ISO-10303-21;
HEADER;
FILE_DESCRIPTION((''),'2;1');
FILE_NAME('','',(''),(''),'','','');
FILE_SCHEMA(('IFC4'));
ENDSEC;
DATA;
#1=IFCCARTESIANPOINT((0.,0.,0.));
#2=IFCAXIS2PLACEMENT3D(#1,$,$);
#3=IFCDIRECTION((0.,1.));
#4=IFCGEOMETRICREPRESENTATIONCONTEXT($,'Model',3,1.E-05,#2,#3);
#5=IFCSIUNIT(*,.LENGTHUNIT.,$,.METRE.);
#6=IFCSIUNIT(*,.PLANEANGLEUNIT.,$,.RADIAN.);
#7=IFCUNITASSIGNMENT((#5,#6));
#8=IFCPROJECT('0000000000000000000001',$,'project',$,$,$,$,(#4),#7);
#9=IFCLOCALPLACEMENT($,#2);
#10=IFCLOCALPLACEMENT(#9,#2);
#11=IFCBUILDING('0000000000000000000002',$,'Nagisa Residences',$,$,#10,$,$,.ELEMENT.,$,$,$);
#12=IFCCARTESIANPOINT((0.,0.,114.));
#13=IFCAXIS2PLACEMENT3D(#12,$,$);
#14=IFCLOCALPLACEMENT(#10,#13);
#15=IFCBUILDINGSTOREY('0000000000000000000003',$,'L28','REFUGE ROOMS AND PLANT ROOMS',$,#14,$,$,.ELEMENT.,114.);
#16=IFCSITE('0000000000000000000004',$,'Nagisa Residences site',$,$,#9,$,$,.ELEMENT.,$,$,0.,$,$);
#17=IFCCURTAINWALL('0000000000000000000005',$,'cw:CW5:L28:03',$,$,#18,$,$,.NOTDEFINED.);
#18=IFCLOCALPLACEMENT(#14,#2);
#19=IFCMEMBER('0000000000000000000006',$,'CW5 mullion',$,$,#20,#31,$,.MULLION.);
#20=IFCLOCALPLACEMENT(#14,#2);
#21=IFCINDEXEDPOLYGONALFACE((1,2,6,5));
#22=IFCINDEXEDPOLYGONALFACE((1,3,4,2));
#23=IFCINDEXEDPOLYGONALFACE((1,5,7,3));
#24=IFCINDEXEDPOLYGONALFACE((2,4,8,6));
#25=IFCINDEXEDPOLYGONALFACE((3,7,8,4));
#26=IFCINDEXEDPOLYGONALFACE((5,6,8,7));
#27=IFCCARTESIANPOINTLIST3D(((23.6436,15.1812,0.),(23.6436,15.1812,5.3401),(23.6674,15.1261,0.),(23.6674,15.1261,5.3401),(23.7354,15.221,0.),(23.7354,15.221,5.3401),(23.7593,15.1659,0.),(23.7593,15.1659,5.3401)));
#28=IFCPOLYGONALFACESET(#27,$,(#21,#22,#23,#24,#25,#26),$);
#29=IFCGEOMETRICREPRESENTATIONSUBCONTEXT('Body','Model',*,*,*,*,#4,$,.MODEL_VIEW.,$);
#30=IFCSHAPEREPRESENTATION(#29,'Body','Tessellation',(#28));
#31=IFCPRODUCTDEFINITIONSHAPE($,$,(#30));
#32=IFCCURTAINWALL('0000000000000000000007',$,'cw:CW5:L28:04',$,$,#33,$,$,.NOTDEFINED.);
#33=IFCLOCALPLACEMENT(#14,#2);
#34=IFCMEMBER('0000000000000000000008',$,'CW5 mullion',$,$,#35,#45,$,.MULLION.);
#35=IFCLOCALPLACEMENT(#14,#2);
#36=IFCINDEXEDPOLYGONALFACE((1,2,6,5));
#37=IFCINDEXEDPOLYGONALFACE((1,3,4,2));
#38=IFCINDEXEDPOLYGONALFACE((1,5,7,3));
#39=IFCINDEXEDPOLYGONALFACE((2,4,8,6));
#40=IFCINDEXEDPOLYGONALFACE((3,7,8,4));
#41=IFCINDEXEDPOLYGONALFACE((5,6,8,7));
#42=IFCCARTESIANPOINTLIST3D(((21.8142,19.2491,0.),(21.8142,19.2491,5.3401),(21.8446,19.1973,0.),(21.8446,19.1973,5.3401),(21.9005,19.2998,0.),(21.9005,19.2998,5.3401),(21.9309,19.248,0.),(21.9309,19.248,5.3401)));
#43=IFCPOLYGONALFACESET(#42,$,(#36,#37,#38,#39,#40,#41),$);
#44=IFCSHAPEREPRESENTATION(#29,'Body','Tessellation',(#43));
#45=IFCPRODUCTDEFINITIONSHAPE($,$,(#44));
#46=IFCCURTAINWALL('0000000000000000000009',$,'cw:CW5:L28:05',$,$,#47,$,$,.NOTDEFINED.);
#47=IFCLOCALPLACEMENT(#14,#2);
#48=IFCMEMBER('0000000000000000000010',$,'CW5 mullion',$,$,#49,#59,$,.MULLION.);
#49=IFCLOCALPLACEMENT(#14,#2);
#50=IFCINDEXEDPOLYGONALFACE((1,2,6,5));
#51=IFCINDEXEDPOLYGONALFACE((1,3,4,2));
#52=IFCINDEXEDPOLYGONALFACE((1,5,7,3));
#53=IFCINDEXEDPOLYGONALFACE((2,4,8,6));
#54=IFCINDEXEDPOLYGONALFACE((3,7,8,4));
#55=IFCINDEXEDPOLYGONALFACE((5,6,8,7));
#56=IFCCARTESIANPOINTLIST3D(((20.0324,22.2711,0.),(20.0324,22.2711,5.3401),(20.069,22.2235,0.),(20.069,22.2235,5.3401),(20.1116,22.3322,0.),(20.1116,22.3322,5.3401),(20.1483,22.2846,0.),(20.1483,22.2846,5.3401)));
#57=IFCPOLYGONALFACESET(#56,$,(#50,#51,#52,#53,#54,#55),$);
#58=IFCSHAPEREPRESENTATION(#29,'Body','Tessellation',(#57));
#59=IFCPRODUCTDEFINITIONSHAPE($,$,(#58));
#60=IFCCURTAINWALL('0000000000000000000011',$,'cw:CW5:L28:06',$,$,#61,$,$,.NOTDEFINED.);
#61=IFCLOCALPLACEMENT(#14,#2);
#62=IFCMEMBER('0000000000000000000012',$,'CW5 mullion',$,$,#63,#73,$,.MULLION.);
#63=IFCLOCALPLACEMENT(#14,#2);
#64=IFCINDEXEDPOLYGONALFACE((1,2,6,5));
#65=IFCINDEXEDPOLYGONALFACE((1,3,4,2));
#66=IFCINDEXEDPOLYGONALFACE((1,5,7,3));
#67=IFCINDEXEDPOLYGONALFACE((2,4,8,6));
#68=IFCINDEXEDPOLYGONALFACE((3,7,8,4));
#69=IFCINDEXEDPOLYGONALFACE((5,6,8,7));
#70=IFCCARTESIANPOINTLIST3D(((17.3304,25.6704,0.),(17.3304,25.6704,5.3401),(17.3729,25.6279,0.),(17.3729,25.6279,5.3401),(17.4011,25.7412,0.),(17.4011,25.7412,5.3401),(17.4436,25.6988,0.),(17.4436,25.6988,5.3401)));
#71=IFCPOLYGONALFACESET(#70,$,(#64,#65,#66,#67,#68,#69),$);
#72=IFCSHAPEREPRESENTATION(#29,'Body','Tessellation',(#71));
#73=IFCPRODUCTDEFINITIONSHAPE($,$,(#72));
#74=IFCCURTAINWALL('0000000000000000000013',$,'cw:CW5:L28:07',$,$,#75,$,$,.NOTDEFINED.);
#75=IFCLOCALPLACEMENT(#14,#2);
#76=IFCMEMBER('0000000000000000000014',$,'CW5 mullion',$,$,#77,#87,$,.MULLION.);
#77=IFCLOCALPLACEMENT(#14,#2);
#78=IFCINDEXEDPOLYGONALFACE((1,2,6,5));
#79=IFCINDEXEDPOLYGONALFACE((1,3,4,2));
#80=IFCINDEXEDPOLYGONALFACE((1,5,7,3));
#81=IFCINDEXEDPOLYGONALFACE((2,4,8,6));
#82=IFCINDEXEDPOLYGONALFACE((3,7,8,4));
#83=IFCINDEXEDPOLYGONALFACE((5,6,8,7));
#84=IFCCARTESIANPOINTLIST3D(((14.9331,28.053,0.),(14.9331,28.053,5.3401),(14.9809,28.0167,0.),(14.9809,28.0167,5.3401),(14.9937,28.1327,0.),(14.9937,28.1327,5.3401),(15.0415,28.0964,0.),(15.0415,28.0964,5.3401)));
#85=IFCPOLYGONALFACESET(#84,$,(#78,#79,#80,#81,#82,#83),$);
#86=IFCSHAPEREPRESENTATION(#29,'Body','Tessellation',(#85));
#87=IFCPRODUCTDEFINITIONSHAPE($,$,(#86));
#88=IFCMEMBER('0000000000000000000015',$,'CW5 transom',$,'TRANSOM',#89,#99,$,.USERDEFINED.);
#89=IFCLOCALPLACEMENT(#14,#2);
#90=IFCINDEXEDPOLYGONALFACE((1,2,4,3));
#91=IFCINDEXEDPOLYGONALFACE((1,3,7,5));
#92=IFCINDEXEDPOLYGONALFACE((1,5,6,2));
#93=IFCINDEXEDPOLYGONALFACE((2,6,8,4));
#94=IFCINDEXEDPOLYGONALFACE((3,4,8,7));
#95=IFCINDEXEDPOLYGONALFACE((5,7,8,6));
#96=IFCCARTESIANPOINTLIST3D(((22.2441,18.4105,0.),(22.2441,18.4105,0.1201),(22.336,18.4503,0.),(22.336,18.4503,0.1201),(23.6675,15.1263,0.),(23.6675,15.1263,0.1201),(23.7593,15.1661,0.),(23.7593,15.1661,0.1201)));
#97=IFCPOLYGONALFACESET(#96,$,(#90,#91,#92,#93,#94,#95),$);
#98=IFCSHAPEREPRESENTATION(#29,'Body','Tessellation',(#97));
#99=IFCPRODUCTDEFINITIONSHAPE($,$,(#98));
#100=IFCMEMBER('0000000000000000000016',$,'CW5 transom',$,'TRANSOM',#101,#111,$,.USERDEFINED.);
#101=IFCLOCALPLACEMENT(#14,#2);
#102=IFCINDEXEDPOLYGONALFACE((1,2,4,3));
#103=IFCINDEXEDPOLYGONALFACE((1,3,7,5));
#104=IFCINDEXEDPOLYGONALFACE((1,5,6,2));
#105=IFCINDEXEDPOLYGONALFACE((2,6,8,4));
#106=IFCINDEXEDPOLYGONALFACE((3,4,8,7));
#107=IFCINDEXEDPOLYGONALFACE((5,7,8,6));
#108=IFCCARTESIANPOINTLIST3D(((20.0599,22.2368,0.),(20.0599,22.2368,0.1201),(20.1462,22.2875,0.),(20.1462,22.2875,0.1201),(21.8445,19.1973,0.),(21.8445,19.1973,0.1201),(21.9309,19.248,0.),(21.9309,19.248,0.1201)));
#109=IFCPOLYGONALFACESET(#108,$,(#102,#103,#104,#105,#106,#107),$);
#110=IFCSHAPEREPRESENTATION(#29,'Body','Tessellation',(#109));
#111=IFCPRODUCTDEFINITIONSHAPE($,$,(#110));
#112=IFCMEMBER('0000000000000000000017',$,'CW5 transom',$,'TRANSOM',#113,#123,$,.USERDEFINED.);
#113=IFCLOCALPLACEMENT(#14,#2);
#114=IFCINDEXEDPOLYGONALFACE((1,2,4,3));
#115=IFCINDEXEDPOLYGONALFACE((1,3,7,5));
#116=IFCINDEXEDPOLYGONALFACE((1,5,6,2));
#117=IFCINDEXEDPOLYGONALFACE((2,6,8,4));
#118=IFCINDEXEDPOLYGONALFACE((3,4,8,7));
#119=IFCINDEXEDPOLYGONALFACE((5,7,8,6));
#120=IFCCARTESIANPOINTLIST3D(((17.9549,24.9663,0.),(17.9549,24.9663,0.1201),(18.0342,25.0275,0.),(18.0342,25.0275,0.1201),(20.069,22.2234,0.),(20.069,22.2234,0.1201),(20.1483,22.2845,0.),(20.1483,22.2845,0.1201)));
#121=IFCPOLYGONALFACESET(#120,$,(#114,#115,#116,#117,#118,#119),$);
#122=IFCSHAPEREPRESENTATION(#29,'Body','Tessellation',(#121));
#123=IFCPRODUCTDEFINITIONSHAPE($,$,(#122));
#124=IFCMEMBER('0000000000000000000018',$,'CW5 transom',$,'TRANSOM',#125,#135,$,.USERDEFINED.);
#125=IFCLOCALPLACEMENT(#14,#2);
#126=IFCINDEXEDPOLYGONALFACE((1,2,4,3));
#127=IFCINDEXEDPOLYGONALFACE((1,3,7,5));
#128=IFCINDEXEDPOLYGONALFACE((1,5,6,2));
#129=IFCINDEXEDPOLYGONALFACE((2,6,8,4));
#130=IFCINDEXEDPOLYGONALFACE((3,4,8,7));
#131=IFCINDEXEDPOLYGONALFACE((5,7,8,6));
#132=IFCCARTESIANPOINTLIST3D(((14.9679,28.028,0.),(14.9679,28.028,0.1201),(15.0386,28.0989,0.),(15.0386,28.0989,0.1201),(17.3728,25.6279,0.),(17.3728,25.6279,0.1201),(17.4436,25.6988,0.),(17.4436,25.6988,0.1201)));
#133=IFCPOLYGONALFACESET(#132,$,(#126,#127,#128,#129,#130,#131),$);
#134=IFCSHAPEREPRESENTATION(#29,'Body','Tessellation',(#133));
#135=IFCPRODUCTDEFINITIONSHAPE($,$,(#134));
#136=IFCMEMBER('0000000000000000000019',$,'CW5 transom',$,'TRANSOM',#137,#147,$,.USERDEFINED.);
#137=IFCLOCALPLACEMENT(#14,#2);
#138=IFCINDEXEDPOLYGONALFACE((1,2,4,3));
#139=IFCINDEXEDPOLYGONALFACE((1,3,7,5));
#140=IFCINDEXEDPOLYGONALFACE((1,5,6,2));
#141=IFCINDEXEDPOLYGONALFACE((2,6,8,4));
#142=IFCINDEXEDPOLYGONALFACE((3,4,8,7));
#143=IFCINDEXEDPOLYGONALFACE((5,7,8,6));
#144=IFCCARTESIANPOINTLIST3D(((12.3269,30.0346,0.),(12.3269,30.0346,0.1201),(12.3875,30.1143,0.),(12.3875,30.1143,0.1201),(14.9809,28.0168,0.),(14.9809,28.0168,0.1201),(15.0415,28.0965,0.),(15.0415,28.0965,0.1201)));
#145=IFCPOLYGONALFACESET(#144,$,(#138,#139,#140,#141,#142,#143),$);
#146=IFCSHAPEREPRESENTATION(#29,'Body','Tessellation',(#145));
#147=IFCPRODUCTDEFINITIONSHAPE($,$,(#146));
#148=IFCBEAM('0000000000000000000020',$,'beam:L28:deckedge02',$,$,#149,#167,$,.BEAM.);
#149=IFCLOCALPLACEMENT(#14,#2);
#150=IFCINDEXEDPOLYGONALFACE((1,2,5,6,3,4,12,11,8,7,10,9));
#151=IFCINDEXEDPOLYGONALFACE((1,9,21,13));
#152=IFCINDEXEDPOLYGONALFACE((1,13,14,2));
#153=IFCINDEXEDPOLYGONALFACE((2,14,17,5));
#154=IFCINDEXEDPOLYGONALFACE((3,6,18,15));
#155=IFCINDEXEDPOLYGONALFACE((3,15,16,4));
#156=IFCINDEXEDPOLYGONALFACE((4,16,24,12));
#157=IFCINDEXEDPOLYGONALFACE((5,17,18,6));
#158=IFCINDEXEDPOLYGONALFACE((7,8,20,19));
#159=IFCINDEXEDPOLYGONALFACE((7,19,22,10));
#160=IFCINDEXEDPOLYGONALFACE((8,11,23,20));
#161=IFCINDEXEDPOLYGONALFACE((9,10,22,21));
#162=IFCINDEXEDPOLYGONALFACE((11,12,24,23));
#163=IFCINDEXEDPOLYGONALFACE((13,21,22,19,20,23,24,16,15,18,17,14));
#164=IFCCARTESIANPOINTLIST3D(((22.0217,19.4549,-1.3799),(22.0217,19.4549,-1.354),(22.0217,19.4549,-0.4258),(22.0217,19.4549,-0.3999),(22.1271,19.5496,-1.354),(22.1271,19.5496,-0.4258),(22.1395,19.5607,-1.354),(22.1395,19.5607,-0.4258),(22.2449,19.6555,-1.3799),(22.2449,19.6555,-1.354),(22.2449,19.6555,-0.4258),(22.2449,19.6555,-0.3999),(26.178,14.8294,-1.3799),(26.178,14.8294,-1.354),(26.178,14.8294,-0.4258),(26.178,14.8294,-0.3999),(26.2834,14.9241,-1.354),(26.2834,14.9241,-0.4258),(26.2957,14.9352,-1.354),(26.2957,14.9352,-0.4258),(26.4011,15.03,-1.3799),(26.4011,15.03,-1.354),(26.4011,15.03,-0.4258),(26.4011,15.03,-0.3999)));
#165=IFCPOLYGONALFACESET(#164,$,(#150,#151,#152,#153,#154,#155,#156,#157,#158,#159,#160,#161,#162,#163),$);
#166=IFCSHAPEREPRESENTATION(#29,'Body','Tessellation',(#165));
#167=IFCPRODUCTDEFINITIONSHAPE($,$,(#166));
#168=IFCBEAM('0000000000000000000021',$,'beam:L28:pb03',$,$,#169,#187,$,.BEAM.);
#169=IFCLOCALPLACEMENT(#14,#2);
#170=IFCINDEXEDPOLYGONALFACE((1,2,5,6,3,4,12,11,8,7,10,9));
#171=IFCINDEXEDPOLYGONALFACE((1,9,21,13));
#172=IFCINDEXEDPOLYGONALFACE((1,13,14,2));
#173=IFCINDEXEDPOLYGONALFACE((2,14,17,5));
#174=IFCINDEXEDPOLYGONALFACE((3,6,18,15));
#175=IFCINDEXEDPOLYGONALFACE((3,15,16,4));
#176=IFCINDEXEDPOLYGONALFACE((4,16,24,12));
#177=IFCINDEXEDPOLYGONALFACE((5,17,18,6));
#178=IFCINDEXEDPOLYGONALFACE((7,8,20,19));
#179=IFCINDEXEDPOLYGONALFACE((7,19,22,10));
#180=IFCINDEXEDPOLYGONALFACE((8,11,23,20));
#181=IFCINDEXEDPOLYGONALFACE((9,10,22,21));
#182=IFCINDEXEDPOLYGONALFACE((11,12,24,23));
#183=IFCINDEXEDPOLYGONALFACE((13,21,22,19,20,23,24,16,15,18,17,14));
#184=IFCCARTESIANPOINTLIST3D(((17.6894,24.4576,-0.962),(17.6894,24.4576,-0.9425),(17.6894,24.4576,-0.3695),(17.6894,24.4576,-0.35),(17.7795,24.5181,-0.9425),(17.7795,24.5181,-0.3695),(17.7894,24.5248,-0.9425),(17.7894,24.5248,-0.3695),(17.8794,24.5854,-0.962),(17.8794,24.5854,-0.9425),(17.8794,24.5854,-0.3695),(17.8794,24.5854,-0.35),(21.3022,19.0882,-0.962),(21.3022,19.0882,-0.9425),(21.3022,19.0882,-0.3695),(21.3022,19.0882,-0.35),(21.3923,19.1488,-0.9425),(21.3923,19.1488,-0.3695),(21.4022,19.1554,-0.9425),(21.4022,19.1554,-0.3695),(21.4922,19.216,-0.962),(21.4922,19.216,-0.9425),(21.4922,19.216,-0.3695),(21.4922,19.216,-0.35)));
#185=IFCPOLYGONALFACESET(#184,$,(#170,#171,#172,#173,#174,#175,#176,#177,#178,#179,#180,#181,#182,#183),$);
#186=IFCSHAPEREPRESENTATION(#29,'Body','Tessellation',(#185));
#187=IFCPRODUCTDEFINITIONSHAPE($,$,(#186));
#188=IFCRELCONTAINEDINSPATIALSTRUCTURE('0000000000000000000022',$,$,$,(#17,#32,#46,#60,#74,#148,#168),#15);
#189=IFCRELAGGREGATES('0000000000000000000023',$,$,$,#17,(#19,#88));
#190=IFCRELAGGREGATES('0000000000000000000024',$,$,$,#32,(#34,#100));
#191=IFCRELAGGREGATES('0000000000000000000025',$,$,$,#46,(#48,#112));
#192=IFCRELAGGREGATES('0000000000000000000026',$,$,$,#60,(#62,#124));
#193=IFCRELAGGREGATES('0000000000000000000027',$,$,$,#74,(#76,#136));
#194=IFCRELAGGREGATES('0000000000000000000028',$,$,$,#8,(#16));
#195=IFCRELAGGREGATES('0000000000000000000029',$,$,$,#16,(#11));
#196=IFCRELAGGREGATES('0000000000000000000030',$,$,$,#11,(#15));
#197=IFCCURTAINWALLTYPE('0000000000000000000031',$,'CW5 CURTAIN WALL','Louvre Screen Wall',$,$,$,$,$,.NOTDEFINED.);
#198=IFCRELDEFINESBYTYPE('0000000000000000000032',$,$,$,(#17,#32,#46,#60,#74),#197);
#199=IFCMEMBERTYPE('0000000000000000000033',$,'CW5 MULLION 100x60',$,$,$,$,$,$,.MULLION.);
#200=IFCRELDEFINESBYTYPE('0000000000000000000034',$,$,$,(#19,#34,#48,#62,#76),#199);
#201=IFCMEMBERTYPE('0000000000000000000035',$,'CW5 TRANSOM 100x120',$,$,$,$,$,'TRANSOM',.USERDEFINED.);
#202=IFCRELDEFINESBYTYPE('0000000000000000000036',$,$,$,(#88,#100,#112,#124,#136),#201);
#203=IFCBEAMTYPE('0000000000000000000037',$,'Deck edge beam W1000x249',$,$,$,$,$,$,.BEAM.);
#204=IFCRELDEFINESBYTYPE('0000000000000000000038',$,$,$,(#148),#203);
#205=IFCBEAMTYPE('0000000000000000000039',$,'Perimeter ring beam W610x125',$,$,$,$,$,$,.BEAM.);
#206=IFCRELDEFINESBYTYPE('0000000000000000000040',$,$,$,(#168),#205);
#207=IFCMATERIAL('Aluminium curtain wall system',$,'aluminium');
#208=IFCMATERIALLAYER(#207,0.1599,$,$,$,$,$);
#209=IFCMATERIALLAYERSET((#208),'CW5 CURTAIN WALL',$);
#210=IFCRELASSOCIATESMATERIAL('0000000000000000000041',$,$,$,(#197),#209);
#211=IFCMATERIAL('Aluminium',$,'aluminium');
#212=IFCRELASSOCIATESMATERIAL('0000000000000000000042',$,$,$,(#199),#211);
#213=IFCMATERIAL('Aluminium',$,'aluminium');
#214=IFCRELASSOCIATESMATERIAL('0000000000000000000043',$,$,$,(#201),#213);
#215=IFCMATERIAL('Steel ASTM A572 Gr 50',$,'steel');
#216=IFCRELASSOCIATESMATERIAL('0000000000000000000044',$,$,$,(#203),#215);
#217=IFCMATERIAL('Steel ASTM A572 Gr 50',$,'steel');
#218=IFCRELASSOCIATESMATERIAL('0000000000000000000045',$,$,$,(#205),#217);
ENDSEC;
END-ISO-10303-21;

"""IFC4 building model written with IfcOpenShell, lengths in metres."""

from ifc_helpers import new_model, si_unit, direction, frame, origin, origin_2d, place, context, subcontext, project, spatial, rectangle, i_section, extrude, material, layer, layer_set, material_profile, profile_set, type_object, element, aggregate, save


model = new_model("IFC4")

# Units and contexts
model_context = context("Model", 3, precision=1e-05, world=origin(), true_north=direction((0.0, 1.0)))
body_context = subcontext(model_context, "Body", "Model", "MODEL_VIEW")
ifc_project = project(units=[si_unit("LENGTHUNIT", "METRE"), si_unit("PLANEANGLEUNIT", "RADIAN")], contexts=[model_context])

# Site, building, storey
site_placement = place(None, origin())
site = spatial("IfcSite", under=ifc_project, at=site_placement, Name="Nagisa Residences site", CompositionType="ELEMENT", RefElevation=0.0)
building_placement = place(site_placement, origin())
building = spatial("IfcBuilding", under=site, at=building_placement, Name="Nagisa Residences", CompositionType="ELEMENT")
storey_placement = place(building_placement, frame((0.0, 0.0, 114.0)))
storey = spatial("IfcBuildingStorey", under=building, at=storey_placement, Name="L28", Description="REFUGE ROOMS AND PLANT ROOMS", CompositionType="ELEMENT", Elevation=114.0)

# Curtain walls, members
ifc_material_1 = material(Name="Aluminium curtain wall system", Category="aluminium")
ifc_layer_1 = layer(ifc_material_1, 0.1599)
ifc_layer_set_1 = layer_set([ifc_layer_1], Name="CW5 CURTAIN WALL")
curtain_wall_type = type_object("IfcCurtainWallType", Name="CW5 CURTAIN WALL", Description="Louvre Screen Wall", PredefinedType="NOTDEFINED", material=ifc_layer_set_1)
curtain_wall_1_placement = place(storey_placement, origin())
curtain_wall_1 = element("IfcCurtainWall", 1, at=curtain_wall_1_placement, inside=storey, type_object=curtain_wall_type, Name="cw:CW5:L28:03", PredefinedType="NOTDEFINED")
ifc_material_2 = material(Name="Aluminium", Category="aluminium")
ifc_material_profile_1 = material_profile(ifc_material_2, rectangle(XDim=0.1001, YDim=0.0601, at=origin_2d()), Name="CW5 MULLION 100x60")
ifc_profile_set_1 = profile_set([ifc_material_profile_1], Name="Aluminium")
member_type_1 = type_object("IfcMemberType", Name="CW5 MULLION 100x60", PredefinedType="MULLION", material=ifc_profile_set_1)
member_1_placement = place(storey_placement, frame((23.7014, 15.1736, 0.0), z_axis=(0.0, 0.0, 1.0), x_axis=(-0.917543, -0.397636, 0.0)))
member_1 = element("IfcMember", 2, at=member_1_placement, type_object=member_type_1, Name="CW5 mullion", PredefinedType="MULLION", context=body_context, shape_type="SweptSolid", body=[
    extrude(rectangle(XDim=0.1001, YDim=0.0601, at=origin_2d()), origin(), (0.0, 0.0, 1.0), 5.3401),
])
curtain_wall_2_placement = place(storey_placement, origin())
curtain_wall_2 = element("IfcCurtainWall", 3, at=curtain_wall_2_placement, inside=storey, type_object=curtain_wall_type, Name="cw:CW5:L28:04", PredefinedType="NOTDEFINED")
member_2_placement = place(storey_placement, frame((21.8726, 19.2485, 0.0), z_axis=(0.0, 0.0, 1.0), x_axis=(-0.862329, -0.506349, 0.0)))
member_2 = element("IfcMember", 4, at=member_2_placement, type_object=member_type_1, Name="CW5 mullion", PredefinedType="MULLION", context=body_context, shape_type="SweptSolid", body=[
    extrude(rectangle(XDim=0.1001, YDim=0.0601, at=origin_2d()), origin(), (0.0, 0.0, 1.0), 5.3401),
])
curtain_wall_3_placement = place(storey_placement, origin())
curtain_wall_3 = element("IfcCurtainWall", 5, at=curtain_wall_3_placement, inside=storey, type_object=curtain_wall_type, Name="cw:CW5:L28:05", PredefinedType="NOTDEFINED")
member_3_placement = place(storey_placement, frame((20.0903, 22.2778, 0.0), z_axis=(0.0, 0.0, 1.0), x_axis=(-0.79207, -0.61043, 0.0)))
member_3 = element("IfcMember", 6, at=member_3_placement, type_object=member_type_1, Name="CW5 mullion", PredefinedType="MULLION", context=body_context, shape_type="SweptSolid", body=[
    extrude(rectangle(XDim=0.1001, YDim=0.0601, at=origin_2d()), origin(), (0.0, 0.0, 1.0), 5.3401),
])
curtain_wall_4_placement = place(storey_placement, origin())
curtain_wall_4 = element("IfcCurtainWall", 7, at=curtain_wall_4_placement, inside=storey, type_object=curtain_wall_type, Name="cw:CW5:L28:06", PredefinedType="NOTDEFINED")
member_4_placement = place(storey_placement, frame((17.387, 25.6846, 0.0), z_axis=(0.0, 0.0, 1.0), x_axis=(-0.706377, -0.707836, 0.0)))
member_4 = element("IfcMember", 8, at=member_4_placement, type_object=member_type_1, Name="CW5 mullion", PredefinedType="MULLION", context=body_context, shape_type="SweptSolid", body=[
    extrude(rectangle(XDim=0.1001, YDim=0.0601, at=origin_2d()), origin(), (0.0, 0.0, 1.0), 5.3401),
])
curtain_wall_5_placement = place(storey_placement, origin())
curtain_wall_5 = element("IfcCurtainWall", 9, at=curtain_wall_5_placement, inside=storey, type_object=curtain_wall_type, Name="cw:CW5:L28:07", PredefinedType="NOTDEFINED")
member_5_placement = place(storey_placement, frame((14.9873, 28.0747, 0.0), z_axis=(0.0, 0.0, 1.0), x_axis=(-0.605255, -0.796031, 0.0)))
member_5 = element("IfcMember", 10, at=member_5_placement, type_object=member_type_1, Name="CW5 mullion", PredefinedType="MULLION", context=body_context, shape_type="SweptSolid", body=[
    extrude(rectangle(XDim=0.1001, YDim=0.0601, at=origin_2d()), origin(), (0.0, 0.0, 1.0), 5.3401),
])

# Members
ifc_material_3 = material(Name="Aluminium", Category="aluminium")
ifc_material_profile_2 = material_profile(ifc_material_3, rectangle(XDim=0.1001, YDim=0.1201, at=origin_2d()), Name="CW5 TRANSOM 100x120")
ifc_profile_set_2 = profile_set([ifc_material_profile_2], Name="Aluminium")
member_type_2 = type_object("IfcMemberType", Name="CW5 TRANSOM 100x120", ElementType="TRANSOM", PredefinedType="USERDEFINED", material=ifc_profile_set_2)
member_6_placement = place(storey_placement, frame((23.7134, 15.1462, 0.0601), z_axis=(-0.397653, 0.917536, 0.0), x_axis=(-0.917536, -0.397653, 0.0)))
member_6 = element("IfcMember", 11, at=member_6_placement, type_object=member_type_2, Name="CW5 transom", ObjectType="TRANSOM", PredefinedType="USERDEFINED", context=body_context, shape_type="SweptSolid", body=[
    extrude(rectangle(XDim=0.1001, YDim=0.1201, at=origin_2d()), origin(), (0.0, 0.0, 1.0), 3.5793),
])
member_7_placement = place(storey_placement, frame((21.8877, 19.2227, 0.0601), z_axis=(-0.506324, 0.862343, 0.0), x_axis=(-0.862343, -0.506324, 0.0)))
member_7 = element("IfcMember", 12, at=member_7_placement, type_object=member_type_2, Name="CW5 transom", ObjectType="TRANSOM", PredefinedType="USERDEFINED", context=body_context, shape_type="SweptSolid", body=[
    extrude(rectangle(XDim=0.1001, YDim=0.1201, at=origin_2d()), origin(), (0.0, 0.0, 1.0), 3.5247),
])
member_8_placement = place(storey_placement, frame((20.1086, 22.2539, 0.0601), z_axis=(-0.61045, 0.792055, 0.0), x_axis=(-0.792055, -0.61045, 0.0)))
member_8 = element("IfcMember", 13, at=member_8_placement, type_object=member_type_2, Name="CW5 transom", ObjectType="TRANSOM", PredefinedType="USERDEFINED", context=body_context, shape_type="SweptSolid", body=[
    extrude(rectangle(XDim=0.1001, YDim=0.1201, at=origin_2d()), origin(), (0.0, 0.0, 1.0), 3.4631),
])
member_9_placement = place(storey_placement, frame((17.4082, 25.6633, 0.0601), z_axis=(-0.707825, 0.706388, 0.0), x_axis=(-0.706388, -0.707825, 0.0)))
member_9 = element("IfcMember", 14, at=member_9_placement, type_object=member_type_2, Name="CW5 transom", ObjectType="TRANSOM", PredefinedType="USERDEFINED", context=body_context, shape_type="SweptSolid", body=[
    extrude(rectangle(XDim=0.1001, YDim=0.1201, at=origin_2d()), origin(), (0.0, 0.0, 1.0), 3.3977),
])
member_10_placement = place(storey_placement, frame((15.0112, 28.0566, 0.0601), z_axis=(-0.796055, 0.605224, 0.0), x_axis=(-0.605224, -0.796055, 0.0)))
member_10 = element("IfcMember", 15, at=member_10_placement, type_object=member_type_2, Name="CW5 transom", ObjectType="TRANSOM", PredefinedType="USERDEFINED", context=body_context, shape_type="SweptSolid", body=[
    extrude(rectangle(XDim=0.1001, YDim=0.1201, at=origin_2d()), origin(), (0.0, 0.0, 1.0), 3.334),
])

# Beams
ifc_material_4 = material(Name="Steel ASTM A572 Gr 50", Category="steel")
ifc_material_profile_3 = material_profile(ifc_material_4, i_section(OverallWidth=0.3, OverallDepth=0.98, WebThickness=0.0166, FlangeThickness=0.0259, at=origin_2d()), Name="W1000x249")
ifc_profile_set_3 = profile_set([ifc_material_profile_3], Name="Steel ASTM A572 Gr 50")
beam_type_1 = type_object("IfcBeamType", Name="Deck edge beam W1000x249", PredefinedType="BEAM", material=ifc_profile_set_3)
beam_1_placement = place(storey_placement, frame((26.2896, 14.9297, -0.8899), z_axis=(-0.66837, 0.743829, 0.0), x_axis=(-0.743829, -0.66837, 0.0)))
element("IfcBeam", 16, at=beam_1_placement, inside=storey, type_object=beam_type_1, Name="beam:L28:deckedge02", PredefinedType="BEAM", context=body_context, shape_type="SweptSolid", body=[
    extrude(i_section(OverallWidth=0.3, OverallDepth=0.98, WebThickness=0.0166, FlangeThickness=0.0259, at=origin_2d()), origin(), (0.0, 0.0, 1.0), 6.2185),
])
ifc_material_5 = material(Name="Steel ASTM A572 Gr 50", Category="steel")
ifc_material_profile_4 = material_profile(ifc_material_5, i_section(OverallWidth=0.229, OverallDepth=0.6121, WebThickness=0.012, FlangeThickness=0.0195, at=origin_2d()), Name="W610x125")
ifc_profile_set_4 = profile_set([ifc_material_profile_4], Name="Steel ASTM A572 Gr 50")
beam_type_2 = type_object("IfcBeamType", Name="Perimeter ring beam W610x125", PredefinedType="BEAM", material=ifc_profile_set_4)
beam_2_placement = place(storey_placement, frame((21.3972, 19.1521, -0.656), z_axis=(-0.558247, 0.829675, 0.0), x_axis=(-0.829675, -0.558247, 0.0)))
element("IfcBeam", 17, at=beam_2_placement, inside=storey, type_object=beam_type_2, Name="beam:L28:pb03", PredefinedType="BEAM", context=body_context, shape_type="SweptSolid", body=[
    extrude(i_section(OverallWidth=0.229, OverallDepth=0.6121, WebThickness=0.012, FlangeThickness=0.0195, at=origin_2d()), origin(), (0.0, 0.0, 1.0), 6.4717),
])

aggregate(curtain_wall_1, [member_1, member_6])
aggregate(curtain_wall_2, [member_2, member_7])
aggregate(curtain_wall_3, [member_3, member_8])
aggregate(curtain_wall_4, [member_4, member_9])
aggregate(curtain_wall_5, [member_5, member_10])

save(model, "model.ifc")
